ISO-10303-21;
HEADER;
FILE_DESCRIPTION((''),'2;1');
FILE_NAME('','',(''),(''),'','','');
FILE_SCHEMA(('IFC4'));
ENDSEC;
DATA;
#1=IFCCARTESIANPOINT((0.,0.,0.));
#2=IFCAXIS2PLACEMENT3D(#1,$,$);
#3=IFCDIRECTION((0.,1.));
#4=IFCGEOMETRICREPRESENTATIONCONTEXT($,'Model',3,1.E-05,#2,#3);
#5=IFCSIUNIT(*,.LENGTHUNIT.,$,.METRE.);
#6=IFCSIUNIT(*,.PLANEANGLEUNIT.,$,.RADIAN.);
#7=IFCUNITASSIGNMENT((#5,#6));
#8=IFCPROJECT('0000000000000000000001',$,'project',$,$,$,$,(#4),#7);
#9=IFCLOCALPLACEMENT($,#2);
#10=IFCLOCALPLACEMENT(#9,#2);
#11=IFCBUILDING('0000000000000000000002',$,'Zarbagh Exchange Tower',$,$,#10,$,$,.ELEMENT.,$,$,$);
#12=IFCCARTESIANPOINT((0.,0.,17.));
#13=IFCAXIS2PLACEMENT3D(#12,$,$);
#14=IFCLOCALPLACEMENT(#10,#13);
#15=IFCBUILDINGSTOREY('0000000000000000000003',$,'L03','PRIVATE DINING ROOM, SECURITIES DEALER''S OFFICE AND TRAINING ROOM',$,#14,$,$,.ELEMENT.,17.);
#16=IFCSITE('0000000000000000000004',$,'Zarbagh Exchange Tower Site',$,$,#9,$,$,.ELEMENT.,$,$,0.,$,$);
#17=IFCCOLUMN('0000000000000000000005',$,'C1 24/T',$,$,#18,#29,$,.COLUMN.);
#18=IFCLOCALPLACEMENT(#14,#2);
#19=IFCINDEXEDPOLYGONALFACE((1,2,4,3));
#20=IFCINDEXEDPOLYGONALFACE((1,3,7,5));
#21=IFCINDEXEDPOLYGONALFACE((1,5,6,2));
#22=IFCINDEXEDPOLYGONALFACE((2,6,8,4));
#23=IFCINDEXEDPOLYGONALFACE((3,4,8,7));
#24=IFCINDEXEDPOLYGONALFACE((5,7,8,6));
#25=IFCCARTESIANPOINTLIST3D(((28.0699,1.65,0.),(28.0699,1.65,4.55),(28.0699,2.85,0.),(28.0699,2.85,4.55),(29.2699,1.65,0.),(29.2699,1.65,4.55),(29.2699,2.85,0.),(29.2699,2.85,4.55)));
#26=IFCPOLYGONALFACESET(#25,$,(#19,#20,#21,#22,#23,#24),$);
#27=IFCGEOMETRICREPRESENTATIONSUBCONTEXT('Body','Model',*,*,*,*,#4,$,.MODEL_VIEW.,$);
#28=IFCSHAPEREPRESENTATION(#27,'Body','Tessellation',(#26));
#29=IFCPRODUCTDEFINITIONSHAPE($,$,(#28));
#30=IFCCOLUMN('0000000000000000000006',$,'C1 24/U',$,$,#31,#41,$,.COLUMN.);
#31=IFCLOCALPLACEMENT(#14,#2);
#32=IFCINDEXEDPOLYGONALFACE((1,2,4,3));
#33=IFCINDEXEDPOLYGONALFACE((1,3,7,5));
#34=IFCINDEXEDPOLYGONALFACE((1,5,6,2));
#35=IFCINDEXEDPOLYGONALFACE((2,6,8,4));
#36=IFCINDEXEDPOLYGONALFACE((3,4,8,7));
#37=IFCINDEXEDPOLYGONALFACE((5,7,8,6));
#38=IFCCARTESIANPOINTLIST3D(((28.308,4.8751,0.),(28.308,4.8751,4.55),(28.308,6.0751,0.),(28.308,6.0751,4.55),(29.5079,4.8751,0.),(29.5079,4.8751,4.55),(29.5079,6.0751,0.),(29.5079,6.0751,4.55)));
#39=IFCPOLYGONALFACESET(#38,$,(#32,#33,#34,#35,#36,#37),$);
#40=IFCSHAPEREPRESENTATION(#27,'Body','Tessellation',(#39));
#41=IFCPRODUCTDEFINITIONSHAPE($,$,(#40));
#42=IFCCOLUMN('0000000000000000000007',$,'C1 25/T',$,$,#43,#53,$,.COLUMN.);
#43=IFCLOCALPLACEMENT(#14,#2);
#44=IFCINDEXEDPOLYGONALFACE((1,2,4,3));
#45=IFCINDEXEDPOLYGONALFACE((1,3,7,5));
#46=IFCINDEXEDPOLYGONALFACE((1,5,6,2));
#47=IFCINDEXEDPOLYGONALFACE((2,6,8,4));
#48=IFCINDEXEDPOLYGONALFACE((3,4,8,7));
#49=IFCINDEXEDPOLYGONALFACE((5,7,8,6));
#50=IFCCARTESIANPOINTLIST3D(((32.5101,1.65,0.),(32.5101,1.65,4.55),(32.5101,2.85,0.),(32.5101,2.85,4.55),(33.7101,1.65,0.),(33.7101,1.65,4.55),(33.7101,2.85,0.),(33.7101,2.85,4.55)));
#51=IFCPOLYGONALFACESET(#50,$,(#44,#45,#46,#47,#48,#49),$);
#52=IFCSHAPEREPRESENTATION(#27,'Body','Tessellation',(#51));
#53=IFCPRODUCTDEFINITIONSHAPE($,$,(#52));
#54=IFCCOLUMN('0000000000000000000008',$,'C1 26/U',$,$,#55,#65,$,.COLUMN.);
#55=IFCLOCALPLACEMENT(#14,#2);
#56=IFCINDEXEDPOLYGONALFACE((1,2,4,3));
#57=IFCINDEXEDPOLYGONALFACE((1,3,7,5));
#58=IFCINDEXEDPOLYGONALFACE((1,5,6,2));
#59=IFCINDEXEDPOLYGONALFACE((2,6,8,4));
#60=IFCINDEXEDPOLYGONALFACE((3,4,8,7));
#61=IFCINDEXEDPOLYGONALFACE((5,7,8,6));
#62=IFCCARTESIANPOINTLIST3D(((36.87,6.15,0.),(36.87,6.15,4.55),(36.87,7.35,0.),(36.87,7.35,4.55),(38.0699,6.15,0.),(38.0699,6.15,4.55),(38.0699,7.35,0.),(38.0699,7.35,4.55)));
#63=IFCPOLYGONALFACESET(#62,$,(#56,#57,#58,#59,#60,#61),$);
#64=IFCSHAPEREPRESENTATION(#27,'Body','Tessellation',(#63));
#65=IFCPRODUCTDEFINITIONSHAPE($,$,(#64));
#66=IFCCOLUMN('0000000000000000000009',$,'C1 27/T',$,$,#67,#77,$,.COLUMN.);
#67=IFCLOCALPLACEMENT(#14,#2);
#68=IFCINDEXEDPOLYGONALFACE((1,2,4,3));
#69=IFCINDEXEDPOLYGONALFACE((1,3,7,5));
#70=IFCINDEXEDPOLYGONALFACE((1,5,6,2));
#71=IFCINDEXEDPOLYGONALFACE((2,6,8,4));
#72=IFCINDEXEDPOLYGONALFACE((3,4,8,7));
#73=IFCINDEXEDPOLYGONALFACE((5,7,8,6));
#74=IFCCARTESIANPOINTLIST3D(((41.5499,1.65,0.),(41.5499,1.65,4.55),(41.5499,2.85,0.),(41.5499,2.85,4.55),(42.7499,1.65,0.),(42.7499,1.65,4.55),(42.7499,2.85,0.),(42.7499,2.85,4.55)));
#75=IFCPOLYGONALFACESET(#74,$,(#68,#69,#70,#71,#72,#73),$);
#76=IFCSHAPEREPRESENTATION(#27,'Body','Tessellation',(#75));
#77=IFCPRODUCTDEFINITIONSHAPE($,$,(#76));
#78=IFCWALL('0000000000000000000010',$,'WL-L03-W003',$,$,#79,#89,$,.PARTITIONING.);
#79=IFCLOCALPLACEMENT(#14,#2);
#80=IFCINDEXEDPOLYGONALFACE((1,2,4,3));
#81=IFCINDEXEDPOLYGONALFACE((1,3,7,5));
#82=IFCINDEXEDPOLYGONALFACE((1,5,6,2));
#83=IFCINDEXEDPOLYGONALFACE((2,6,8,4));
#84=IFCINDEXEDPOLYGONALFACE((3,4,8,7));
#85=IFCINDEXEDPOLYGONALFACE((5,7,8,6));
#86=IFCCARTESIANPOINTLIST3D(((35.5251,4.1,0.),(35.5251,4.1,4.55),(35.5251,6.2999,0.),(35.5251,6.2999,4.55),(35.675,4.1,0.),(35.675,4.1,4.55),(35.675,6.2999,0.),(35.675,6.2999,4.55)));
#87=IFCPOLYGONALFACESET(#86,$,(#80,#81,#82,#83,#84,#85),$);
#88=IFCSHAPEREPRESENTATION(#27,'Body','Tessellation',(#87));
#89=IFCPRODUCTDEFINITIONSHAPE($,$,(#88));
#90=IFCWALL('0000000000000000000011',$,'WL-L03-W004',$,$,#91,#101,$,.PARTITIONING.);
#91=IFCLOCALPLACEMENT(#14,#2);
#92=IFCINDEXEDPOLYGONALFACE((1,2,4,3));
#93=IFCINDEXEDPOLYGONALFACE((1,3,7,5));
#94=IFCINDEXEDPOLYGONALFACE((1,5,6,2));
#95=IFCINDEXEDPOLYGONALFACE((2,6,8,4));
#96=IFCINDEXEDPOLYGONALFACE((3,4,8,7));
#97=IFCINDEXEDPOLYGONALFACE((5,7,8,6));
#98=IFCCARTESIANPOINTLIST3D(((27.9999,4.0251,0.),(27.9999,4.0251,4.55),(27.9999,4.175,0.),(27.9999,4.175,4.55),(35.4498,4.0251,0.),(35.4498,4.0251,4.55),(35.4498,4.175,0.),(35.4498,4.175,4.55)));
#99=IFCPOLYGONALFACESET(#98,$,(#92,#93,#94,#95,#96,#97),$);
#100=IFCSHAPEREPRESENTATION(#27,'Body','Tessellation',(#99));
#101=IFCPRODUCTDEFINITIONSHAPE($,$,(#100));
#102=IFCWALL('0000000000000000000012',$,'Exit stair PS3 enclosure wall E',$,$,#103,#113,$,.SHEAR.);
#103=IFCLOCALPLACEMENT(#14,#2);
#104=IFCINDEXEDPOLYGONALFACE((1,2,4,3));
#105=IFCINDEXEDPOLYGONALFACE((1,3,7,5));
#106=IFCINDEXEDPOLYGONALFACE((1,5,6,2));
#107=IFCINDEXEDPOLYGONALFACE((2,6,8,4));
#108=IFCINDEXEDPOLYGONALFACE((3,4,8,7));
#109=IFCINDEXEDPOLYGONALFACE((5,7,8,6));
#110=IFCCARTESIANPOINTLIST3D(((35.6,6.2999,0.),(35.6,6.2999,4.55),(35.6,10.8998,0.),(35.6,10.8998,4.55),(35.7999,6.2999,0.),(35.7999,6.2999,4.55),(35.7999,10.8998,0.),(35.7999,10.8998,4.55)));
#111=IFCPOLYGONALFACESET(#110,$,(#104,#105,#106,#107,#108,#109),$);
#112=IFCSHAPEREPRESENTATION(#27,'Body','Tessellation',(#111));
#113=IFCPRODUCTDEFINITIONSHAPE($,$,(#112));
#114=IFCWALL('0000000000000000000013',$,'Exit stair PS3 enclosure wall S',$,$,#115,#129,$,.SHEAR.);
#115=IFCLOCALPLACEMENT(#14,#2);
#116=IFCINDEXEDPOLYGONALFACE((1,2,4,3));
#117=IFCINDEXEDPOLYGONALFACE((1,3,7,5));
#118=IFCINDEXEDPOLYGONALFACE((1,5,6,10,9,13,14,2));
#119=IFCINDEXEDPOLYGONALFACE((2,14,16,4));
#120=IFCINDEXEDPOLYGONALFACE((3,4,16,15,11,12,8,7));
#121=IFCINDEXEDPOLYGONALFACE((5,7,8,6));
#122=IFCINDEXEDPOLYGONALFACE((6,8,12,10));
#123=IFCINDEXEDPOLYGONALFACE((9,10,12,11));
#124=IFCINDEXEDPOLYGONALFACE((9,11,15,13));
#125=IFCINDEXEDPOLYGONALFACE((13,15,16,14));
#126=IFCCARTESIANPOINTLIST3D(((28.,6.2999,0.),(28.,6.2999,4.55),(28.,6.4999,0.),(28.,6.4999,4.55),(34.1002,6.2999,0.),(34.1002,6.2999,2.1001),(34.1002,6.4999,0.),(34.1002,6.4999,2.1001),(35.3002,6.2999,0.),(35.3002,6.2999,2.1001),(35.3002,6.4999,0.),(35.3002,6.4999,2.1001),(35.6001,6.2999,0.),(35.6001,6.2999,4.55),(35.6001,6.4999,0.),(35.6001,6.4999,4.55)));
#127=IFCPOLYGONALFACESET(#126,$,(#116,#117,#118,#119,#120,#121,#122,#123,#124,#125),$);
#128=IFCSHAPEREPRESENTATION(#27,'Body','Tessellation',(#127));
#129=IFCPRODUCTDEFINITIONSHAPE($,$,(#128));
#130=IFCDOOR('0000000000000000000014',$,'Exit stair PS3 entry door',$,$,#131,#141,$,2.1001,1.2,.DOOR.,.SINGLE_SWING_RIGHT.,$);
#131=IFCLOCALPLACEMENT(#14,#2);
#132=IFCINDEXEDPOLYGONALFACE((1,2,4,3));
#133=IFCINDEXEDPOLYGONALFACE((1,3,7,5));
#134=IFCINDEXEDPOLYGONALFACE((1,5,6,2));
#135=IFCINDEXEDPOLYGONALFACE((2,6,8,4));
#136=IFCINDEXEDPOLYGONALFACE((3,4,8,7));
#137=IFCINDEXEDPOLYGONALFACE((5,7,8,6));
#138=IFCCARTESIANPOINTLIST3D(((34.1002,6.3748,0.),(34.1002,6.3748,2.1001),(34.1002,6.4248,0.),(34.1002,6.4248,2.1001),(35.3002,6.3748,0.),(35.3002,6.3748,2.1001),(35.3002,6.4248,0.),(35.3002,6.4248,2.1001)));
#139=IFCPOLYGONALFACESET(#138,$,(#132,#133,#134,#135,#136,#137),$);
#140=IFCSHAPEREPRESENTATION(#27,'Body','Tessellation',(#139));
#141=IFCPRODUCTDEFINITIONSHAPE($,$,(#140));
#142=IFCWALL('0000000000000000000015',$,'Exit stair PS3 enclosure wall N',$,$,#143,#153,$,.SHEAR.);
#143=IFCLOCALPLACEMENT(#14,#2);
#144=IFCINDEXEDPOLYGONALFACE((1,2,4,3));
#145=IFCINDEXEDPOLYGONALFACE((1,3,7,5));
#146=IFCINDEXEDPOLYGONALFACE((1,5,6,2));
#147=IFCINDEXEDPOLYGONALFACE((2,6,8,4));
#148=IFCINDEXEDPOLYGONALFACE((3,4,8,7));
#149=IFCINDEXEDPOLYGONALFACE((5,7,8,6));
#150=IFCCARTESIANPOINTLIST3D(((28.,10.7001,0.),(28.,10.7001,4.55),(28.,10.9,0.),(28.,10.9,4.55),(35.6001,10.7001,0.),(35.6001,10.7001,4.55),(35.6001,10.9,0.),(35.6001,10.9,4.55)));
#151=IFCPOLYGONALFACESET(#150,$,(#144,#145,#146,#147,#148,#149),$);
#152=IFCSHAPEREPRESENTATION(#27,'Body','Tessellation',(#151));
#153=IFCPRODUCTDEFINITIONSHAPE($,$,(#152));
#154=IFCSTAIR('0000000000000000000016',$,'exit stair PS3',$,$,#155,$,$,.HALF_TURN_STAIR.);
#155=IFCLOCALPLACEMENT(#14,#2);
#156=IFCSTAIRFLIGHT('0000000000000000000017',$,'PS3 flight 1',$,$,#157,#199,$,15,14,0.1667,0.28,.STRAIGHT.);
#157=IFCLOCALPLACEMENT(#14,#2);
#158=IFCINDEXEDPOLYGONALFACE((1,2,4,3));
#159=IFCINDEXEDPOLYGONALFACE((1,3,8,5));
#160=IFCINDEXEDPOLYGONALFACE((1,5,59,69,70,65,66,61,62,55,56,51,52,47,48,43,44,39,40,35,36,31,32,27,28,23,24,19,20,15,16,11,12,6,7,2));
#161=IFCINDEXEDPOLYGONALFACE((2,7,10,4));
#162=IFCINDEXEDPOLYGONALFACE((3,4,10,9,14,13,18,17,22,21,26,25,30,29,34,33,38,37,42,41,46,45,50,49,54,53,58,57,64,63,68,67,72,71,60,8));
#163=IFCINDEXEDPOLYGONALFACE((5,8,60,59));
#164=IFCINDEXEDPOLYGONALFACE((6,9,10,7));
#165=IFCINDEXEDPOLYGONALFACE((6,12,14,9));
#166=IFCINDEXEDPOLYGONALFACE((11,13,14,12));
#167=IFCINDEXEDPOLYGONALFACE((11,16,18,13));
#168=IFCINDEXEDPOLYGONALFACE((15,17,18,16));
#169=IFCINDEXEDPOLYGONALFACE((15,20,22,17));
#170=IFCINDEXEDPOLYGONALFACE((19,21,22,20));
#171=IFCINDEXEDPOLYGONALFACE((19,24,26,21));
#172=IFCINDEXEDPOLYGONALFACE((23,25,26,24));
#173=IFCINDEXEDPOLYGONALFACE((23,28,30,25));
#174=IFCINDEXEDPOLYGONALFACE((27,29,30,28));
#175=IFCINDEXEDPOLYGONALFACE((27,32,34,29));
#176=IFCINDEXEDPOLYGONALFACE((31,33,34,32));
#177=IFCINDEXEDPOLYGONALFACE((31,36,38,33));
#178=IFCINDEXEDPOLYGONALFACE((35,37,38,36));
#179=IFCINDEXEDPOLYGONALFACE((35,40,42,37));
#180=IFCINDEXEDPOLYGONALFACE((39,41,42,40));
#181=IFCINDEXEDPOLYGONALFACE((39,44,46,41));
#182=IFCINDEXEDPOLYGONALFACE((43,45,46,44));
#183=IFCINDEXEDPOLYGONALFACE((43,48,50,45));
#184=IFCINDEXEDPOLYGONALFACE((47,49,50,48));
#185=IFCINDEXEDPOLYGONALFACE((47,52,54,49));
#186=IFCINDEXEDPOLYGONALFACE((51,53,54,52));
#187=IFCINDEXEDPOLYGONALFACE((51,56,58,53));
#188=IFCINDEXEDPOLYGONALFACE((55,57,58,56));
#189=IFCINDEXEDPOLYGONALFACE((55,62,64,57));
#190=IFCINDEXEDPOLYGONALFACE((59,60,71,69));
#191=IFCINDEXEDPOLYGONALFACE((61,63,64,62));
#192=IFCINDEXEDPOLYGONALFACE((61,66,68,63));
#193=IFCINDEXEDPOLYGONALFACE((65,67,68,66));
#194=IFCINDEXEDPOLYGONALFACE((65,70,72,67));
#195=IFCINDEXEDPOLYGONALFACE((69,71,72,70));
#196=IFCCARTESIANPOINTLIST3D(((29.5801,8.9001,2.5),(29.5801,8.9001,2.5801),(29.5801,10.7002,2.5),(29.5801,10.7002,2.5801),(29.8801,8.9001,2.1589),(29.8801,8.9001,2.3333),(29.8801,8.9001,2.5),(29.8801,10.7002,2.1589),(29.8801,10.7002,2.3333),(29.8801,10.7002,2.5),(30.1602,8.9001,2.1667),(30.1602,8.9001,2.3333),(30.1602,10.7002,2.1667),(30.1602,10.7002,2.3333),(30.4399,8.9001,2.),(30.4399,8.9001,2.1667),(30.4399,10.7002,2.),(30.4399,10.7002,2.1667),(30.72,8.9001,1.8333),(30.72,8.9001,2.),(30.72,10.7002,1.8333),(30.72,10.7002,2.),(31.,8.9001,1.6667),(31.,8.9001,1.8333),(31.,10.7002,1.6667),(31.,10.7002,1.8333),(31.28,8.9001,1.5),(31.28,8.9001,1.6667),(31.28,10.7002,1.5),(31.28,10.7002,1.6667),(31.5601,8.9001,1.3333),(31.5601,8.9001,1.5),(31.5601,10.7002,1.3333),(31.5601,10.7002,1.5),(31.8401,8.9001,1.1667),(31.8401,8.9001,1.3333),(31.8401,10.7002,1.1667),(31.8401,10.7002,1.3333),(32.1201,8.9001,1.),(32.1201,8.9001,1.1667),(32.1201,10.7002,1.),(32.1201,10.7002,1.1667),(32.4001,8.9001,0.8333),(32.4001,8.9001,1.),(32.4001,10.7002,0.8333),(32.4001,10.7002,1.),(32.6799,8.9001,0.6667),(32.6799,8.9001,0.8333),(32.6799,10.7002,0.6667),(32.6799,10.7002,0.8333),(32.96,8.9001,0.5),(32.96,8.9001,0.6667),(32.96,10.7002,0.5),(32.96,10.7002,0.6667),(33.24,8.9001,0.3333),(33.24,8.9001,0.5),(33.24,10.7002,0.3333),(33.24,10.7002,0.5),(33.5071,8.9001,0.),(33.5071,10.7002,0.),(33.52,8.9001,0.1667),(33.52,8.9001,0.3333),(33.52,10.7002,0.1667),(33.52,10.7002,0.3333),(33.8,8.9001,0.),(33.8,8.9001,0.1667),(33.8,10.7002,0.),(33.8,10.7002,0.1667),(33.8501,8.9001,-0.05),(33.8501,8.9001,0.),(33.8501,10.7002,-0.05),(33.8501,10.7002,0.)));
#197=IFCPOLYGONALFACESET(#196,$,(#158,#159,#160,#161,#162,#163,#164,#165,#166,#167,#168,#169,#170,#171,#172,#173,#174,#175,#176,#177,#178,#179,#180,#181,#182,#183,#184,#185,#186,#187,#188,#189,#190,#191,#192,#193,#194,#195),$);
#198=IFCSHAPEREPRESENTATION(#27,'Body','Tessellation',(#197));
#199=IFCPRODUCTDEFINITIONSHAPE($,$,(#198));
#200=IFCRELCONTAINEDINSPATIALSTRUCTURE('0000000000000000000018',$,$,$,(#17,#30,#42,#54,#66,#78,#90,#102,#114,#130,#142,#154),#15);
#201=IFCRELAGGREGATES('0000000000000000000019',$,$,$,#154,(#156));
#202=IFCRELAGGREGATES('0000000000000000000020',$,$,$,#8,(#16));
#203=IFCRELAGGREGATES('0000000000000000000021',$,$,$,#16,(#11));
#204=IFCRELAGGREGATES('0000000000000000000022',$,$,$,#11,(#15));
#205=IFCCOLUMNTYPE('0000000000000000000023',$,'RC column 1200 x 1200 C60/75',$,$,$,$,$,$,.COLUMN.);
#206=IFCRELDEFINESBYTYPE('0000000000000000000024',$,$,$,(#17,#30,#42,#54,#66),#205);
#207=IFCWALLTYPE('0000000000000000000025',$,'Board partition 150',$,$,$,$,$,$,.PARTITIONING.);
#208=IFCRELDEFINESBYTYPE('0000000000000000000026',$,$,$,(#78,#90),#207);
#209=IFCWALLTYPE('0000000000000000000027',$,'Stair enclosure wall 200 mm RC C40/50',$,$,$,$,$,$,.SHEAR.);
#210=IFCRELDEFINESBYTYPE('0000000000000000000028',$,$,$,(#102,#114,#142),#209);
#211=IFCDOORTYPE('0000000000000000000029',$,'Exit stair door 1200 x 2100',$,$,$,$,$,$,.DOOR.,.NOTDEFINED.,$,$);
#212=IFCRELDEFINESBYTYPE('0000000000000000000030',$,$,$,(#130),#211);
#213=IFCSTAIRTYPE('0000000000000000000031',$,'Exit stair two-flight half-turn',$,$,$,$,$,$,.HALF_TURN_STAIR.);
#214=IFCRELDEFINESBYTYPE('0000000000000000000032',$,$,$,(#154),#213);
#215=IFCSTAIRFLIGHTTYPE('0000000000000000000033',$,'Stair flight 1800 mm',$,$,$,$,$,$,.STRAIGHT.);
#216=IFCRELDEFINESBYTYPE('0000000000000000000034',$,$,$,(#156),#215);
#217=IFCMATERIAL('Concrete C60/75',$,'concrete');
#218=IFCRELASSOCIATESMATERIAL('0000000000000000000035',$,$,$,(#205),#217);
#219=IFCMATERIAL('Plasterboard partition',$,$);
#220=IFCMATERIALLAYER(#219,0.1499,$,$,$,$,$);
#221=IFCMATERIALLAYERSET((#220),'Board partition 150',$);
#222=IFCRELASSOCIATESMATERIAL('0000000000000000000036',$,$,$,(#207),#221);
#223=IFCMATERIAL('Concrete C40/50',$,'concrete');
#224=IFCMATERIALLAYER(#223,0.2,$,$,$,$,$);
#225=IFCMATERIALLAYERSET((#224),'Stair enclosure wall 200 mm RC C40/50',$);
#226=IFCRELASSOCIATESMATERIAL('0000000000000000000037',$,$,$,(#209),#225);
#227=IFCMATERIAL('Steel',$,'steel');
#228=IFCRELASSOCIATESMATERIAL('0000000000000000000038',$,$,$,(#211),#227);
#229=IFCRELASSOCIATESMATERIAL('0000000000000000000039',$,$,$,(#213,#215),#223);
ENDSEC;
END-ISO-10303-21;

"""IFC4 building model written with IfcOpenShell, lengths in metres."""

from ifc_helpers import new_model, si_unit, direction, frame, frame_2d, origin, origin_2d, place, context, subcontext, project, spatial, polyline, rectangle, outline, extrude, material, layer, layer_set, material_profile, profile_set, type_object, element, fill, aggregate, save


model = new_model("IFC4")

# Units and contexts
model_context = context("Model", 3, precision=1e-05, world=origin(), true_north=direction((0.0, 1.0)))
body_context = subcontext(model_context, "Body", "Model", "MODEL_VIEW")
ifc_project = project(units=[si_unit("LENGTHUNIT", "METRE"), si_unit("PLANEANGLEUNIT", "RADIAN")], contexts=[model_context])

# Site, building, storey
site_placement = place(None, origin())
site = spatial("IfcSite", under=ifc_project, at=site_placement, Name="Zarbagh Exchange Tower Site", CompositionType="ELEMENT", RefElevation=0.0)
building_placement = place(site_placement, origin())
building = spatial("IfcBuilding", under=site, at=building_placement, Name="Zarbagh Exchange Tower", CompositionType="ELEMENT")
storey_placement = place(building_placement, frame((0.0, 0.0, 17.0)))
storey = spatial("IfcBuildingStorey", under=building, at=storey_placement, Name="L03", Description="PRIVATE DINING ROOM, SECURITIES DEALER'S OFFICE AND TRAINING ROOM", CompositionType="ELEMENT", Elevation=17.0)

# Columns
ifc_material_1 = material(Name="Concrete C60/75", Category="concrete")
ifc_material_profile = material_profile(ifc_material_1, rectangle(XDim=1.2, YDim=1.2, at=origin_2d()), Name="RC column 1200 x 1200 C60/75")
ifc_profile_set = profile_set([ifc_material_profile], Name="Concrete C60/75")
column_type = type_object("IfcColumnType", Name="RC column 1200 x 1200 C60/75", PredefinedType="COLUMN", material=ifc_profile_set)
for number, where, z_axis, x_axis, name in (
    (1, (28.6699, 2.25, 0.0), (0.0, 0.0, 1.0), (1.0, 0.0, 0.0), "C1 24/T"),
    (2, (28.908, 5.4751, 0.0), (0.0, 0.0, 1.0), (1.0, 0.0, 0.0), "C1 24/U"),
    (3, (33.1101, 2.25, 0.0), (0.0, 0.0, 1.0), (1.0, 0.0, 0.0), "C1 25/T"),
    (4, (37.47, 6.75, 0.0), (0.0, 0.0, 1.0), (1.0, 0.0, 0.0), "C1 26/U"),
    (5, (42.1499, 2.25, 0.0), (0.0, 0.0, 1.0), (1.0, 0.0, 0.0), "C1 27/T"),
):
    element("IfcColumn", number, at=place(storey_placement, frame(where, z_axis=z_axis, x_axis=x_axis)), inside=storey, type_object=column_type, Name=name, PredefinedType="COLUMN", context=body_context, shape_type="SweptSolid", body=[
        extrude(rectangle(XDim=1.2, YDim=1.2, at=origin_2d()), origin(), (0.0, 0.0, 1.0), 4.55),
    ])

# Walls
ifc_material_2 = material(Name="Plasterboard partition")
ifc_layer_1 = layer(ifc_material_2, 0.1499)
ifc_layer_set_1 = layer_set([ifc_layer_1], Name="Board partition 150")
wall_type_1 = type_object("IfcWallType", Name="Board partition 150", PredefinedType="PARTITIONING", material=ifc_layer_set_1)
wall_1_placement = place(storey_placement, frame((35.6001, 6.3, 0.0), z_axis=(0.0, 0.0, 1.0), x_axis=(0.0, -1.0, 0.0)))
element("IfcWall", 6, at=wall_1_placement, inside=storey, type_object=wall_type_1, Name="WL-L03-W003", PredefinedType="PARTITIONING", context=body_context, shape_type="SweptSolid", body=[
    extrude(rectangle(XDim=2.2, YDim=0.1499, at=frame_2d((1.1001, 0.0))), origin(), (0.0, 0.0, 1.0), 4.55),
])
wall_2_placement = place(storey_placement, frame((35.45, 4.1001, 0.0), z_axis=(0.0, 0.0, 1.0), x_axis=(-1.0, 0.0, 0.0)))
element("IfcWall", 7, at=wall_2_placement, inside=storey, type_object=wall_type_1, Name="WL-L03-W004", PredefinedType="PARTITIONING", context=body_context, shape_type="SweptSolid", body=[
    extrude(rectangle(XDim=7.45, YDim=0.1499, at=frame_2d((3.7251, 0.0))), origin(), (0.0, 0.0, 1.0), 4.55),
])
ifc_material_3 = material(Name="Concrete C40/50", Category="concrete")
ifc_layer_2 = layer(ifc_material_3, 0.2)
ifc_layer_set_2 = layer_set([ifc_layer_2], Name="Stair enclosure wall 200 mm RC C40/50")
wall_type_2 = type_object("IfcWallType", Name="Stair enclosure wall 200 mm RC C40/50", PredefinedType="SHEAR", material=ifc_layer_set_2)
wall_3_placement = place(storey_placement, frame((35.7, 6.3, 0.0), z_axis=(0.0, 0.0, 1.0), x_axis=(0.0, 1.0, 0.0)))
element("IfcWall", 8, at=wall_3_placement, inside=storey, type_object=wall_type_2, Name="Exit stair PS3 enclosure wall E", PredefinedType="SHEAR", context=body_context, shape_type="SweptSolid", body=[
    extrude(rectangle(XDim=4.5999, YDim=0.2, at=frame_2d((2.2998, 0.0))), origin(), (0.0, 0.0, 1.0), 4.55),
])

# Wall, opening, door
wall_4_placement = place(storey_placement, frame((28.0, 6.3999, 0.0), z_axis=(0.0, 0.0, 1.0), x_axis=(1.0, 0.0, 0.0)))
wall_4 = element("IfcWall", 9, at=wall_4_placement, inside=storey, type_object=wall_type_2, Name="Exit stair PS3 enclosure wall S", PredefinedType="SHEAR", context=body_context, shape_type="SweptSolid", body=[
    extrude(rectangle(XDim=7.6001, YDim=0.2, at=frame_2d((3.8, 0.0))), origin(), (0.0, 0.0, 1.0), 4.55),
])
opening_placement = place(wall_4_placement, frame((6.1001, 0.0, 0.0)))
opening = element("IfcOpeningElement", 10, at=opening_placement, cuts=wall_4, PredefinedType="OPENING", context=body_context, shape_type="SweptSolid", body=[
    extrude(rectangle(XDim=1.2, YDim=2.1001, at=frame_2d((0.6001, 1.05))), frame((0.0, 0.1099, 0.0), z_axis=(0.0, -1.0, 0.0), x_axis=(1.0, 0.0, 0.0)), (0.0, 0.0, 1.0), 0.22),
])
ifc_material_4 = material(Name="Steel", Category="steel")
door_type = type_object("IfcDoorType", Name="Exit stair door 1200 x 2100", OperationType="NOTDEFINED", PredefinedType="DOOR", material=ifc_material_4)
door_placement = place(opening_placement, origin())
door = element("IfcDoor", 11, at=door_placement, inside=storey, type_object=door_type, Name="Exit stair PS3 entry door", OperationType="SINGLE_SWING_RIGHT", OverallHeight=2.1001, OverallWidth=1.2, PredefinedType="DOOR", context=body_context, shape_type="SweptSolid", body=[
    extrude(rectangle(XDim=1.2, YDim=2.1001, at=frame_2d((0.6001, 1.05))), frame((0.0, 0.0249, 0.0), z_axis=(0.0, -1.0, 0.0), x_axis=(1.0, 0.0, 0.0)), (0.0, 0.0, 1.0), 0.05),
])
fill(opening, door)

# Wall
wall_5_placement = place(storey_placement, frame((28.0, 10.8, 0.0), z_axis=(0.0, 0.0, 1.0), x_axis=(1.0, 0.0, 0.0)))
element("IfcWall", 12, at=wall_5_placement, inside=storey, type_object=wall_type_2, Name="Exit stair PS3 enclosure wall N", PredefinedType="SHEAR", context=body_context, shape_type="SweptSolid", body=[
    extrude(rectangle(XDim=7.6001, YDim=0.2, at=frame_2d((3.8, 0.0))), origin(), (0.0, 0.0, 1.0), 4.55),
])

# Stair, stair flight
stair_type = type_object("IfcStairType", Name="Exit stair two-flight half-turn", PredefinedType="HALF_TURN_STAIR", material=ifc_material_3)
stair_placement = place(storey_placement, origin())
stair = element("IfcStair", 13, at=stair_placement, inside=storey, type_object=stair_type, Name="exit stair PS3", PredefinedType="HALF_TURN_STAIR")
stair_flight_type = type_object("IfcStairFlightType", Name="Stair flight 1800 mm", PredefinedType="STRAIGHT", material=ifc_material_3)
stair_flight_1_placement = place(storey_placement, frame((33.8, 9.8, 0.0), z_axis=(0.0, 0.0, 1.0), x_axis=(-1.0, 0.0, 0.0)))
stair_flight_1 = element("IfcStairFlight", 14, at=stair_flight_1_placement, type_object=stair_flight_type, Name="PS3 flight 1", NumberOfRisers=15, NumberOfTreads=14, PredefinedType="STRAIGHT", RiserHeight=0.1667, TreadLength=0.28, context=body_context, shape_type="SweptSolid", body=[
    extrude(outline(polyline([(-0.05, -0.05), (-0.05, 0.0), (0.0, 0.0), (0.0, 0.1667), (0.28, 0.1667), (0.28, 0.3333), (0.5601, 0.3333), (0.5601, 0.5), (0.8401, 0.5), (0.8401, 0.6667), (1.1201, 0.6667), (1.1201, 0.8333), (1.3999, 0.8333), (1.3999, 1.0), (1.6799, 1.0), (1.6799, 1.1667), (1.96, 1.1667), (1.96, 1.3333), (2.24, 1.3333), (2.24, 1.5), (2.52, 1.5), (2.52, 1.6667), (2.8, 1.6667), (2.8, 1.8333), (3.0801, 1.8333), (3.0801, 2.0), (3.3601, 2.0), (3.3601, 2.1667), (3.6399, 2.1667), (3.6399, 2.3333), (3.9199, 2.3333), (3.9199, 2.5), (4.22, 2.5801), (4.22, 2.5), (3.9199, 2.1589), (0.293, 0.0), (-0.05, -0.05)])), frame((0.0, 0.8999, 0.0), z_axis=(0.0, -1.0, 0.0), x_axis=(1.0, 0.0, 0.0)), (0.0, 0.0, 1.0), 1.8),
])
aggregate(stair, [stair_flight_1])

save(model, "model.ifc")
